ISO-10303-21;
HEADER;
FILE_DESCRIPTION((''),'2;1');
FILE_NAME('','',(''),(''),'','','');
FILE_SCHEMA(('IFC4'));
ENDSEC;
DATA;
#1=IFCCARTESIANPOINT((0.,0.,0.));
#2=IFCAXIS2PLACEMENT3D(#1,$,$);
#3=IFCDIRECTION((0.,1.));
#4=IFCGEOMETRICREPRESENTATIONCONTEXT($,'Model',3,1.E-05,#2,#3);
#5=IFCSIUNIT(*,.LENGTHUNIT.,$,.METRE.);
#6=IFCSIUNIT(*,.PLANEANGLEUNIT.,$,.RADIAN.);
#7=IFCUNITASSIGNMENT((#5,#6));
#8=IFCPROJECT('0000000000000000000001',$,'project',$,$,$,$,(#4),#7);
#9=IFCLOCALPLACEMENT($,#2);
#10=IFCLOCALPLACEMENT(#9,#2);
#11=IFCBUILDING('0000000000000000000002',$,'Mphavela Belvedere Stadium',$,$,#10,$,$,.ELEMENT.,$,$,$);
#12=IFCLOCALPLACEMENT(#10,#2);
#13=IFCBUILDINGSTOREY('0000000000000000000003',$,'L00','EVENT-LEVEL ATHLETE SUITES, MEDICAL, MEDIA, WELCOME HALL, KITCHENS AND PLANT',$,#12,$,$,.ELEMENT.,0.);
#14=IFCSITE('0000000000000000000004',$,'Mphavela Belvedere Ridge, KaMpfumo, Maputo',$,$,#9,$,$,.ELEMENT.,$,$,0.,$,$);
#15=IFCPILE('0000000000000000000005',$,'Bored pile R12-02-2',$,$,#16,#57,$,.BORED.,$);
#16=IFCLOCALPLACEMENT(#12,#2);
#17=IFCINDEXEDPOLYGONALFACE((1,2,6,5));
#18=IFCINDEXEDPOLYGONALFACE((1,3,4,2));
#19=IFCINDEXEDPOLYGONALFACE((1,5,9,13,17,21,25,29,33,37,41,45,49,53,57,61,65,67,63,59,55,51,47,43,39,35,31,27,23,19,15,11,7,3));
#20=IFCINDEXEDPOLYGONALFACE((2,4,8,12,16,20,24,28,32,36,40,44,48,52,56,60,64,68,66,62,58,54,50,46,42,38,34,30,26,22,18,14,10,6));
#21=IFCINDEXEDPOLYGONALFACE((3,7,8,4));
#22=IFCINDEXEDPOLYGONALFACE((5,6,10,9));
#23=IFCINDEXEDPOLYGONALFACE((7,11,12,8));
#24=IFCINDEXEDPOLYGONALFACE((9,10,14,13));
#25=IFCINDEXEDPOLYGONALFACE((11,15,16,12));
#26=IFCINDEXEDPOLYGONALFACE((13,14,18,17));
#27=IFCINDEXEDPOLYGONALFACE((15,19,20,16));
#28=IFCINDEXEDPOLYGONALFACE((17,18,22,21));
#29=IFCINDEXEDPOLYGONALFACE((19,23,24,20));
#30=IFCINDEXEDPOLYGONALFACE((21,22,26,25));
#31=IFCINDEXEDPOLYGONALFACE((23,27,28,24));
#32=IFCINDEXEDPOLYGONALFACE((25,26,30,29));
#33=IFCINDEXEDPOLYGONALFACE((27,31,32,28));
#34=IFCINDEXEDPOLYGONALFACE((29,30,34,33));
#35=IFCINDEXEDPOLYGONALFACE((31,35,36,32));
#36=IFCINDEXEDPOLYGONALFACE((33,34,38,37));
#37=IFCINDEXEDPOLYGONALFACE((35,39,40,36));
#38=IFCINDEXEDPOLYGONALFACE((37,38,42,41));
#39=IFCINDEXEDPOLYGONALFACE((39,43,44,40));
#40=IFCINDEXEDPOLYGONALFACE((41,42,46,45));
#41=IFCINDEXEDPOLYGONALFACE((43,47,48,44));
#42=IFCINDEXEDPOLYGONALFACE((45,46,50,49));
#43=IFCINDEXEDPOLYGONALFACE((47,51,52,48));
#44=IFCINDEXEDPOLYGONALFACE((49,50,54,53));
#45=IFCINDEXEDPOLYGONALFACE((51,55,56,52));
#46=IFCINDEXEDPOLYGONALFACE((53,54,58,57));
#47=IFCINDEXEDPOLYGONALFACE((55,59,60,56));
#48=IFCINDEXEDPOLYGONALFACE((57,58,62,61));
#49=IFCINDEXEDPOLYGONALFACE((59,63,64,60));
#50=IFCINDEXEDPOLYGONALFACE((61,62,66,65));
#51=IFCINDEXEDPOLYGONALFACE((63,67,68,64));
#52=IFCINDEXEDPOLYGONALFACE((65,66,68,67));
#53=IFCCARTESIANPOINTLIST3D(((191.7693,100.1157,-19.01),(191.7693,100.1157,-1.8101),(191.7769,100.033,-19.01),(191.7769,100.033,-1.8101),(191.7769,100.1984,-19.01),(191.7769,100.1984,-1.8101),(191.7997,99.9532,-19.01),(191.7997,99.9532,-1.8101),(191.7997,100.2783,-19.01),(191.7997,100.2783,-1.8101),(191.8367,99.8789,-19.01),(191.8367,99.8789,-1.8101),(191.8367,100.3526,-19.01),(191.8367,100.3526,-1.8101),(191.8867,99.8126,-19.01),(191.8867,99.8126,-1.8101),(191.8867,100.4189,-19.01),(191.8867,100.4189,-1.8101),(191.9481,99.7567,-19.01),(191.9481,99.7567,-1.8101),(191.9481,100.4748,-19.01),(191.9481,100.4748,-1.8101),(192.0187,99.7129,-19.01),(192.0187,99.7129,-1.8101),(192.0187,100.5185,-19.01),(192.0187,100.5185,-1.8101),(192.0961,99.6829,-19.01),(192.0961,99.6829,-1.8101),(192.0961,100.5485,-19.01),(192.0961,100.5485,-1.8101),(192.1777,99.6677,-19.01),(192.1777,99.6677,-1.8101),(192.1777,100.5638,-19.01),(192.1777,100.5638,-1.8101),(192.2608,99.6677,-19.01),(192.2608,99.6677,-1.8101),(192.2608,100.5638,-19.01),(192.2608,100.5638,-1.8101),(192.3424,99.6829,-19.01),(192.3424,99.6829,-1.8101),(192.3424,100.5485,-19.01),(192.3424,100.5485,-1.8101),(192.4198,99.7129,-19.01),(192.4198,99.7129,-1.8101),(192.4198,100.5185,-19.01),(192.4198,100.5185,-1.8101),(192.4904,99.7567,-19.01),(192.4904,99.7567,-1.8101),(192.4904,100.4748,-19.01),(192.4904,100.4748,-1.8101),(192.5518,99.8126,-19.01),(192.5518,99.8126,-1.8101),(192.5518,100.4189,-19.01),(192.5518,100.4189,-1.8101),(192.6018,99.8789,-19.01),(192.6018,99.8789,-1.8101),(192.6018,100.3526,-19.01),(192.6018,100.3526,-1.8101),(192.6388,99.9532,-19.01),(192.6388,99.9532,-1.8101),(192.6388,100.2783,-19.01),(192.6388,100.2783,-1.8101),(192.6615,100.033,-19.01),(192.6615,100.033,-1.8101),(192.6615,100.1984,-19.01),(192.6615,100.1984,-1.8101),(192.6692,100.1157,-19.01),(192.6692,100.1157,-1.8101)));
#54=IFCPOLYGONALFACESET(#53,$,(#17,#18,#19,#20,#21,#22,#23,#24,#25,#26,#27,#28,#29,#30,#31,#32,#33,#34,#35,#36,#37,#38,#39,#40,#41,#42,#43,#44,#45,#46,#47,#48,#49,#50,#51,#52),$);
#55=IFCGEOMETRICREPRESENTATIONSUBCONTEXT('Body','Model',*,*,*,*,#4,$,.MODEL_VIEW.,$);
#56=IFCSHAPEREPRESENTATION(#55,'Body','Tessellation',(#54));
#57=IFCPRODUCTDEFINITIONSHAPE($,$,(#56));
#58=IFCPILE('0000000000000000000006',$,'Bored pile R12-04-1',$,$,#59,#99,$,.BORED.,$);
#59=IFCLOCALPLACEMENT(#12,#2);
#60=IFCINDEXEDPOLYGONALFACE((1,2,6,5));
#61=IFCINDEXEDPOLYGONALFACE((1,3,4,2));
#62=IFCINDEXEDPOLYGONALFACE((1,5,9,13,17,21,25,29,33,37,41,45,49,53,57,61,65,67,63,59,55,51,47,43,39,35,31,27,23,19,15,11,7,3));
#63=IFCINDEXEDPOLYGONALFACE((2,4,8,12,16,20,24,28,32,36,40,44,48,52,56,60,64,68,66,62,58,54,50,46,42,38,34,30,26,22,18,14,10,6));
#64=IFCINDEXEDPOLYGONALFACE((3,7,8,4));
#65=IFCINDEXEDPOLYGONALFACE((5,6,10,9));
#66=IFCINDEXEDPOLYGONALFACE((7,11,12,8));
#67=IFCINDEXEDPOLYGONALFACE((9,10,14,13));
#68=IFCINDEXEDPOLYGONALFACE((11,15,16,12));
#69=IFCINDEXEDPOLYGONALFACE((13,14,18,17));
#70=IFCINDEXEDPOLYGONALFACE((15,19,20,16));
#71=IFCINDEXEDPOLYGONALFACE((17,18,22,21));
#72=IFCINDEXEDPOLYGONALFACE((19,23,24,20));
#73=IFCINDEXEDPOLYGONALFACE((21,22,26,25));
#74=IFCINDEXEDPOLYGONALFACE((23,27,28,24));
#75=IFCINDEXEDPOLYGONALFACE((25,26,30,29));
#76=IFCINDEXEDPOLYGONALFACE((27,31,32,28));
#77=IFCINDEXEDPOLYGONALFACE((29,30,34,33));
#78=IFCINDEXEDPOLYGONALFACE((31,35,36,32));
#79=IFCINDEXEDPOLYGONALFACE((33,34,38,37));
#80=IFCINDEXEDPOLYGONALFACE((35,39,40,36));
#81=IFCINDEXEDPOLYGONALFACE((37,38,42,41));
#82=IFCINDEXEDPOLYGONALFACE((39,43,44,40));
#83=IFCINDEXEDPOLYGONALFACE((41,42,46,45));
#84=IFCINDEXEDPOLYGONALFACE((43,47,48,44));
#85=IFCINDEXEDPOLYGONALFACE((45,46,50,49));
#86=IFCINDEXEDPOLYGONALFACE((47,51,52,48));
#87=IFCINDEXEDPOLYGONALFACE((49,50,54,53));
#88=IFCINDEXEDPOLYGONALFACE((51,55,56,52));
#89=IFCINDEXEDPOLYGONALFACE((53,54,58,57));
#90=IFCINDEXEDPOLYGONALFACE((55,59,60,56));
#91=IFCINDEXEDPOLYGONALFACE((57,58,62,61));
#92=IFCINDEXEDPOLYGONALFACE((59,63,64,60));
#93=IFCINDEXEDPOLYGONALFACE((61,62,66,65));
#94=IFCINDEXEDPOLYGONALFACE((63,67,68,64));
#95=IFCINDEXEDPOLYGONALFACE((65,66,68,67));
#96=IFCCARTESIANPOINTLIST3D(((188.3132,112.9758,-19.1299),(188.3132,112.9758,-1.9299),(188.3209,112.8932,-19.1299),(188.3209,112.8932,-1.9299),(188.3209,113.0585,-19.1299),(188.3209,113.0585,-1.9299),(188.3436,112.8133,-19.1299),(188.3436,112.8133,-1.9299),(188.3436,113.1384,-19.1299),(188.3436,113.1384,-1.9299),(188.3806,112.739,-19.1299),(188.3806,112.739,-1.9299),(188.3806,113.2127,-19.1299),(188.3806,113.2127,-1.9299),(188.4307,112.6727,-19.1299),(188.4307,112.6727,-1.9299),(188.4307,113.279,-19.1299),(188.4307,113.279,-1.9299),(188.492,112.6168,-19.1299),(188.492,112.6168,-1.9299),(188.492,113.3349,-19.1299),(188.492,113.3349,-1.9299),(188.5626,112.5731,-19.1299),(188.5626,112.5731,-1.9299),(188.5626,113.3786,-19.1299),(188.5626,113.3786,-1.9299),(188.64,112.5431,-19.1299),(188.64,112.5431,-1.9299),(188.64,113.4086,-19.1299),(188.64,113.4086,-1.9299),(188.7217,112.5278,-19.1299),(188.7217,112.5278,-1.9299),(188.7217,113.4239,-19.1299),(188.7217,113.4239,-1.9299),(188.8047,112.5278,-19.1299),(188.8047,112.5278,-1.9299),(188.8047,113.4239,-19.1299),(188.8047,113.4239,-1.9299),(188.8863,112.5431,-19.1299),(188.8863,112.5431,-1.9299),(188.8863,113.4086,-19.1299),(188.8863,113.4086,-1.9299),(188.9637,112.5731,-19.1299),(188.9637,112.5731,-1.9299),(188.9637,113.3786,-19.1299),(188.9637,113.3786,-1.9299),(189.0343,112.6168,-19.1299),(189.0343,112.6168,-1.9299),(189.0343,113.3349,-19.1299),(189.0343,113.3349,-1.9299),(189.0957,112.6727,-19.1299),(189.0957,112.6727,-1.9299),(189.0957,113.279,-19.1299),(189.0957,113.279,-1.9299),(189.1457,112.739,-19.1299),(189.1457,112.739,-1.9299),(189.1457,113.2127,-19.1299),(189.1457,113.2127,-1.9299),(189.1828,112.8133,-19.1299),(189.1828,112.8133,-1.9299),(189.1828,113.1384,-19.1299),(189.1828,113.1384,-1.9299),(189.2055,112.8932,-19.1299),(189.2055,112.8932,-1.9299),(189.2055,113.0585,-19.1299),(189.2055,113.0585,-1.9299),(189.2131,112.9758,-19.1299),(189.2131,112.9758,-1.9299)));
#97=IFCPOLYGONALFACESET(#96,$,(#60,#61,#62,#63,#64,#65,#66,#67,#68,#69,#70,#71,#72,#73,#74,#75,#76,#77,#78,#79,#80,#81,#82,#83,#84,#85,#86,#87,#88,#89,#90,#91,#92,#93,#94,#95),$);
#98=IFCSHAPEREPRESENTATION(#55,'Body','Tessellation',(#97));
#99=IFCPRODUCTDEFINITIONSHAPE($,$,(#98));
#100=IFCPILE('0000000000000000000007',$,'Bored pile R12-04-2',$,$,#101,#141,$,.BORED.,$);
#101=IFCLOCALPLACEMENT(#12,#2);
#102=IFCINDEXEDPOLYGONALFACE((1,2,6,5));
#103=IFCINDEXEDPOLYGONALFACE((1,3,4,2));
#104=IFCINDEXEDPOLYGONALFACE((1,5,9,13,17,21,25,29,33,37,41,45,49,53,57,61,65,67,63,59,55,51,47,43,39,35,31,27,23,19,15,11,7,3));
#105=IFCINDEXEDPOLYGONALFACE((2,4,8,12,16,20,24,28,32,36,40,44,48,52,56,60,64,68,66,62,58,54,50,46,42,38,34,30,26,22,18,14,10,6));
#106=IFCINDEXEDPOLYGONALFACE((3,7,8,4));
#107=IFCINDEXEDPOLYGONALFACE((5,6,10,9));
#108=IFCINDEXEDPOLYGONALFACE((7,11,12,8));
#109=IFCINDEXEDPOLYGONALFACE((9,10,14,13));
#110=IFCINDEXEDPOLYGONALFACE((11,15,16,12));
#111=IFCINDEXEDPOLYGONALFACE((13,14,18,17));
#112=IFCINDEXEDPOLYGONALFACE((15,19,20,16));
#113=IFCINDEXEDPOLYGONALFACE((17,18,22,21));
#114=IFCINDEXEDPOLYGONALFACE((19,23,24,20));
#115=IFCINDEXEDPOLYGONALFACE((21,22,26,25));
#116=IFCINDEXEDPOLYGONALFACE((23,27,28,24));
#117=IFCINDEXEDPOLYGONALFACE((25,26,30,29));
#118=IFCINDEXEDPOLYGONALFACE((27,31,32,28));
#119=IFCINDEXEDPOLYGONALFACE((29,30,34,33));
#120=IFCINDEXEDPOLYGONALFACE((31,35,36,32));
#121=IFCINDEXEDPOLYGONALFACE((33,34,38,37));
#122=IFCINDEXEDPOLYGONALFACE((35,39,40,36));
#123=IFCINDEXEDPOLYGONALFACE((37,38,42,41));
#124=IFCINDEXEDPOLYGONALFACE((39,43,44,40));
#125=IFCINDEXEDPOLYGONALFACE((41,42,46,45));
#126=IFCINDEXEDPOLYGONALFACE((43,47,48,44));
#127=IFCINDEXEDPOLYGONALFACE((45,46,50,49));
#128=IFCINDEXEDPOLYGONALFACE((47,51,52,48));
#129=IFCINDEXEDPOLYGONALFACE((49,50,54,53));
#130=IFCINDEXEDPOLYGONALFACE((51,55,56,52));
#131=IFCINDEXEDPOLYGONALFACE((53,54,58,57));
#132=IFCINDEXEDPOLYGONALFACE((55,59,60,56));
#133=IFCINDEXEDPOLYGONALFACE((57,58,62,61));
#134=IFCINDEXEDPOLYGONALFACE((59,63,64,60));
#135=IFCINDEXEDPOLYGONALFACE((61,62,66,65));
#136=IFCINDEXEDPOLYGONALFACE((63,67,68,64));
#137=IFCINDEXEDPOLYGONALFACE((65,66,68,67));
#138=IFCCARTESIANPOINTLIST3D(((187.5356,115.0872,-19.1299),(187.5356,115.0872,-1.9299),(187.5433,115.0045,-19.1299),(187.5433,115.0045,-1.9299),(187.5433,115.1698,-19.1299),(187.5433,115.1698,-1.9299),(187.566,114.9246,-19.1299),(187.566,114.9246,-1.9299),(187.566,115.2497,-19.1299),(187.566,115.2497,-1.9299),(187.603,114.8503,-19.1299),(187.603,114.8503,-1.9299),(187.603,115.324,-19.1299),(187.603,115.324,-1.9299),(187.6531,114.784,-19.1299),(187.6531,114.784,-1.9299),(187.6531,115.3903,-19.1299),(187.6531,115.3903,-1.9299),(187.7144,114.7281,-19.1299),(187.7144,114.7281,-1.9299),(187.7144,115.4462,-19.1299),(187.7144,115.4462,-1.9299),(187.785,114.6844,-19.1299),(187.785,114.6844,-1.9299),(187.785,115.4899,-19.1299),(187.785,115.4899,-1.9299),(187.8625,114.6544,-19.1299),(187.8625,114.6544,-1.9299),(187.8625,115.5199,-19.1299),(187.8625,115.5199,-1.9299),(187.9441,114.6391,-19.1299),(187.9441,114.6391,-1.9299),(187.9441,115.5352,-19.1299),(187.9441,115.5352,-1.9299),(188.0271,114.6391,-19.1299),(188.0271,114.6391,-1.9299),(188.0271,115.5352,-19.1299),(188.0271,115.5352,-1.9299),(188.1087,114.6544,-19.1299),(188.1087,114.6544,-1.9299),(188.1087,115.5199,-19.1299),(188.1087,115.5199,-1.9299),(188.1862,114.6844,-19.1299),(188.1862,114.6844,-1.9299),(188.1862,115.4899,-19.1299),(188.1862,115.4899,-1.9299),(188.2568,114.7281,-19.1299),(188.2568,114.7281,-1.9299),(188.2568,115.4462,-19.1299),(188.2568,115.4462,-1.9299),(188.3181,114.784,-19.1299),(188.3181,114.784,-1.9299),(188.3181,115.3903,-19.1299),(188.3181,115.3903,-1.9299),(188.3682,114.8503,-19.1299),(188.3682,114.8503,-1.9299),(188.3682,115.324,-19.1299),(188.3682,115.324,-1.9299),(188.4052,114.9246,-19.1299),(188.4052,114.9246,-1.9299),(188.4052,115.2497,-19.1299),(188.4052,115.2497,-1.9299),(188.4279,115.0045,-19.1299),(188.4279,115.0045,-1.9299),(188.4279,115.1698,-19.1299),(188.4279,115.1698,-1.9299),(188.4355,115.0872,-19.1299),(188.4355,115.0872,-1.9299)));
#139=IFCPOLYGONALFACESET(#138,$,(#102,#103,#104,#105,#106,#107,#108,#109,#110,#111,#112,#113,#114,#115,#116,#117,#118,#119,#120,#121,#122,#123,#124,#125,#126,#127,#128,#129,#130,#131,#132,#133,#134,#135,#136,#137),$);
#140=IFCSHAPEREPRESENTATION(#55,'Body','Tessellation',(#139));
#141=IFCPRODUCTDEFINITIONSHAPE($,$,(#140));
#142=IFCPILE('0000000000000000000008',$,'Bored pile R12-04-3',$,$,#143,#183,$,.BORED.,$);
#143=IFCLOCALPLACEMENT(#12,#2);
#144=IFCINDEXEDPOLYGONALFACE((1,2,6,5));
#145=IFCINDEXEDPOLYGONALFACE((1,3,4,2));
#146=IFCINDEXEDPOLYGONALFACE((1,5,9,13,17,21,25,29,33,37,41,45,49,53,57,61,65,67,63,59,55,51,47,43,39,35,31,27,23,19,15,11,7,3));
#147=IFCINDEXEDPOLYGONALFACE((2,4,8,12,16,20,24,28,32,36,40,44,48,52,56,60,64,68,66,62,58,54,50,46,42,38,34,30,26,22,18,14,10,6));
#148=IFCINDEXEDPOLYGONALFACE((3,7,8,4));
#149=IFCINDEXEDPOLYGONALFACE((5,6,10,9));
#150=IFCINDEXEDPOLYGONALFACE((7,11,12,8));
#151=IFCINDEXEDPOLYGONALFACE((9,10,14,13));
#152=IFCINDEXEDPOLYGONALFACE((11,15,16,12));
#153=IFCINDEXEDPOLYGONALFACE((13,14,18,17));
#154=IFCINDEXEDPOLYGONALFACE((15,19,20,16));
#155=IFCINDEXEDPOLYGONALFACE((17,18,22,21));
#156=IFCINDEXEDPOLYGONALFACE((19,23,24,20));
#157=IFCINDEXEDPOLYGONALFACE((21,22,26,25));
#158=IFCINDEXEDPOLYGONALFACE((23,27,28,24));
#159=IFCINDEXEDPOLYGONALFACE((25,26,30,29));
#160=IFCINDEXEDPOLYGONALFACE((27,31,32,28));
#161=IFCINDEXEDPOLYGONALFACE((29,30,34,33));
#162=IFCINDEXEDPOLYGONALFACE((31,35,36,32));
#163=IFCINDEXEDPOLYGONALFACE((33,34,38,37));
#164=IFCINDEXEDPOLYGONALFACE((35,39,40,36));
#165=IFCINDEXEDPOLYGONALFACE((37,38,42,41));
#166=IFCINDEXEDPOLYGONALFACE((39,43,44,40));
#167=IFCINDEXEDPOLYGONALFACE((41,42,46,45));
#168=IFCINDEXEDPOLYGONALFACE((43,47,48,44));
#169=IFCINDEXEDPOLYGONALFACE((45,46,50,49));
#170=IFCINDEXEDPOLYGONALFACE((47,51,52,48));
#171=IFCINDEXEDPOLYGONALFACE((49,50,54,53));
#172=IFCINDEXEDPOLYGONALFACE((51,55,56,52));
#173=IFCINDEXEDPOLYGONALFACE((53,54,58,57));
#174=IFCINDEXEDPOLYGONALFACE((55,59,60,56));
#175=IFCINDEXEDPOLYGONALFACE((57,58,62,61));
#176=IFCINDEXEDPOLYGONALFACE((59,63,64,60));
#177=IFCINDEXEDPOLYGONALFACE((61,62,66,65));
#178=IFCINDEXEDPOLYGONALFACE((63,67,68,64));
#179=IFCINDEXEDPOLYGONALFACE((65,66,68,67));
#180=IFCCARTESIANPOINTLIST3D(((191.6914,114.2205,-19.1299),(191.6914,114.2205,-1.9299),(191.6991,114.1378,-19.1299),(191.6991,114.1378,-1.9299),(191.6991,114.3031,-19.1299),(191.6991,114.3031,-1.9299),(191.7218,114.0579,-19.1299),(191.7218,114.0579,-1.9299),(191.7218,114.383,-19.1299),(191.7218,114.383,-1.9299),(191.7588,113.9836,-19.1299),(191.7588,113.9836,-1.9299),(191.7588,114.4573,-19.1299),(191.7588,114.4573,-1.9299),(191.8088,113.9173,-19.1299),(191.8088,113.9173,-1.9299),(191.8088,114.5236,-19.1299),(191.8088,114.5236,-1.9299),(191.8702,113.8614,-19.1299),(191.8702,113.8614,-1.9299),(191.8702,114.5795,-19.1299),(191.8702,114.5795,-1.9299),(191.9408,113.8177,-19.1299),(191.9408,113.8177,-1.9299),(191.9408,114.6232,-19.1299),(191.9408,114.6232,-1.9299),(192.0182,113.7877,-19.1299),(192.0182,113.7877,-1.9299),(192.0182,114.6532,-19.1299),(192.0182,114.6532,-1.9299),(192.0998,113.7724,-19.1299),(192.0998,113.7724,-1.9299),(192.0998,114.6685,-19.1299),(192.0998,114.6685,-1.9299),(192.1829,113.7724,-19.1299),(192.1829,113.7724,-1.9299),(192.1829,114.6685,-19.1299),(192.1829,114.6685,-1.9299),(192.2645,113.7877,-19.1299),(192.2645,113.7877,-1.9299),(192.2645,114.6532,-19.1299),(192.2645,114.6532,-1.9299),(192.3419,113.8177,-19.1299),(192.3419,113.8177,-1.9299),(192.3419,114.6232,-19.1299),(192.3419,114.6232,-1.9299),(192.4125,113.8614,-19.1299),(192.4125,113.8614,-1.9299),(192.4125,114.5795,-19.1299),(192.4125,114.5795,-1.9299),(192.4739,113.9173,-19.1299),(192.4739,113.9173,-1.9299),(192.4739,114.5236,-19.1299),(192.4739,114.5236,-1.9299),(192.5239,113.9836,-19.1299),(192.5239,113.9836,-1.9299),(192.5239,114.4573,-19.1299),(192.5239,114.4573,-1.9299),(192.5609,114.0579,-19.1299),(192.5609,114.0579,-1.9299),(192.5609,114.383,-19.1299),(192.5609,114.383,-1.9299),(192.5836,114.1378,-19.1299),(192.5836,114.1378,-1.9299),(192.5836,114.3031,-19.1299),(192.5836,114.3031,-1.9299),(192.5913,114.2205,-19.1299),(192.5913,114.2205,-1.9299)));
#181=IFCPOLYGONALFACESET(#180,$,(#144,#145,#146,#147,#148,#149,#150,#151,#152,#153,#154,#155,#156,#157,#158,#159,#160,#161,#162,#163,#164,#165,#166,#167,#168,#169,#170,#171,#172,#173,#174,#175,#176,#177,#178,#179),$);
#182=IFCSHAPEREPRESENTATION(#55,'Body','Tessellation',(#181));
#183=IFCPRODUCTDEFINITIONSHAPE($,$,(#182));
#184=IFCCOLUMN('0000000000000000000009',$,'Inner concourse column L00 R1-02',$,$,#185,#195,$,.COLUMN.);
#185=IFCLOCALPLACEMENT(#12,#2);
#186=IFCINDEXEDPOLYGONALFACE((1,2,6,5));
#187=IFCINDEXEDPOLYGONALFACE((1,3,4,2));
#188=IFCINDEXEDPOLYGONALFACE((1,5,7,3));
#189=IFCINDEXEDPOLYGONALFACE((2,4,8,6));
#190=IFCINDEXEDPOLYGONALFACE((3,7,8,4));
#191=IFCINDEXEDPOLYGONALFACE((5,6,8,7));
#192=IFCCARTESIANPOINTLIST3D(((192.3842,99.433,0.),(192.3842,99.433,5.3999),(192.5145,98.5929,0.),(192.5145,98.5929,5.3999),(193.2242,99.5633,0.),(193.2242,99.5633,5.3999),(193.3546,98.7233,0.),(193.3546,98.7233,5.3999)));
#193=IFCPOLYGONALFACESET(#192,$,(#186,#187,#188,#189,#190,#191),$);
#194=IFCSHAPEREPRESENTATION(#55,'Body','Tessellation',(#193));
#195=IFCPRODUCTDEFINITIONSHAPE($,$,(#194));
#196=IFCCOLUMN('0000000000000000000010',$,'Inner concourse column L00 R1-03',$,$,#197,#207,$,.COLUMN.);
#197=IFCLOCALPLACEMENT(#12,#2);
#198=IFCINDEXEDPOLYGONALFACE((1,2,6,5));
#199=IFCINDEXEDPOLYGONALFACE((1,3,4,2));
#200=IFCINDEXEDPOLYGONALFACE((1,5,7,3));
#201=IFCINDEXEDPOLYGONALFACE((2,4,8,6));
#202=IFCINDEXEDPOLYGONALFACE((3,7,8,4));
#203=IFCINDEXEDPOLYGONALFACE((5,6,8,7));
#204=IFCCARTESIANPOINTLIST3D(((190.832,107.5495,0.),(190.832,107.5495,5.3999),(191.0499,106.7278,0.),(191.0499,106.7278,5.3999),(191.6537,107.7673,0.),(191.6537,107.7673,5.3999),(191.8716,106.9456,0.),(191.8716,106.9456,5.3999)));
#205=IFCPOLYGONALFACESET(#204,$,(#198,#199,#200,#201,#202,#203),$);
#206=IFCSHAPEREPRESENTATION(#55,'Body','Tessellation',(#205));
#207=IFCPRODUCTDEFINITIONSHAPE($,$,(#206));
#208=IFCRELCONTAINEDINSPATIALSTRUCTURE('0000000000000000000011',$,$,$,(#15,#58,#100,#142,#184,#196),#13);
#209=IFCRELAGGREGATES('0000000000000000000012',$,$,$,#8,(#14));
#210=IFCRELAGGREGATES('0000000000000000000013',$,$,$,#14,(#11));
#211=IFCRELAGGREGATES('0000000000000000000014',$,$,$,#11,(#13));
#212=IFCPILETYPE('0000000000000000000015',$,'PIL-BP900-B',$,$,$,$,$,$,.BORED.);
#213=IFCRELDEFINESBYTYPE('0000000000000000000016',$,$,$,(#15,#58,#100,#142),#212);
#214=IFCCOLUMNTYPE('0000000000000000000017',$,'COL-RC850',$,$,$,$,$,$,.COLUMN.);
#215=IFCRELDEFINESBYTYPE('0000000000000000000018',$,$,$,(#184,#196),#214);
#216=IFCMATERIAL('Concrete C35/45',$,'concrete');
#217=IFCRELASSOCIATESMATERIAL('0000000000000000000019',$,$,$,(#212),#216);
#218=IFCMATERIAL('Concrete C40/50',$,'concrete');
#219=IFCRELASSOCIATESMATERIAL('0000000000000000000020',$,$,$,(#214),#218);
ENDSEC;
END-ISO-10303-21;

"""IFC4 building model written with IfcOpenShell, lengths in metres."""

from ifc_helpers import new_model, si_unit, direction, frame, origin, origin_2d, place, context, subcontext, project, spatial, rectangle, circle, extrude, material, material_profile, profile_set, type_object, element, save


model = new_model("IFC4")

# Units and contexts
model_context = context("Model", 3, precision=1e-05, world=origin(), true_north=direction((0.0, 1.0)))
body_context = subcontext(model_context, "Body", "Model", "MODEL_VIEW")
ifc_project = project(units=[si_unit("LENGTHUNIT", "METRE"), si_unit("PLANEANGLEUNIT", "RADIAN")], contexts=[model_context])

# Site, building, storey
site_placement = place(None, origin())
site = spatial("IfcSite", under=ifc_project, at=site_placement, Name="Mphavela Belvedere Ridge, KaMpfumo, Maputo", CompositionType="ELEMENT", RefElevation=0.0)
building_placement = place(site_placement, origin())
building = spatial("IfcBuilding", under=site, at=building_placement, Name="Mphavela Belvedere Stadium", CompositionType="ELEMENT")
storey_placement = place(building_placement, origin())
storey = spatial("IfcBuildingStorey", under=building, at=storey_placement, Name="L00", Description="EVENT-LEVEL ATHLETE SUITES, MEDICAL, MEDIA, WELCOME HALL, KITCHENS AND PLANT", CompositionType="ELEMENT", Elevation=0.0)

# Piles
ifc_material_1 = material(Name="Concrete C35/45", Category="concrete")
ifc_material_profile_1 = material_profile(ifc_material_1, circle(Radius=0.45, at=origin_2d()), Name="BP D900")
ifc_profile_set_1 = profile_set([ifc_material_profile_1], Name="Concrete C35/45")
pile_type_1 = type_object("IfcPileType", Name="PIL-BP900-B", PredefinedType="BORED", material=ifc_profile_set_1)
for number, where, z_axis, x_axis, name in (
    (1, (192.2192, 100.1157, -1.8101), (0.0, 0.0, -1.0), (1.0, 0.0, 0.0), "Bored pile R12-02-2"),
    (2, (188.7632, 112.9758, -1.9299), (0.0, 0.0, -1.0), (1.0, 0.0, 0.0), "Bored pile R12-04-1"),
    (3, (187.9856, 115.0872, -1.9299), (0.0, 0.0, -1.0), (1.0, 0.0, 0.0), "Bored pile R12-04-2"),
    (4, (192.1414, 114.2205, -1.9299), (0.0, 0.0, -1.0), (1.0, 0.0, 0.0), "Bored pile R12-04-3"),
):
    element("IfcPile", number, at=place(storey_placement, frame(where, z_axis=z_axis, x_axis=x_axis)), inside=storey, type_object=pile_type_1, Name=name, PredefinedType="BORED", context=body_context, shape_type="SweptSolid", body=[
        extrude(circle(Radius=0.45, at=origin_2d()), origin(), (0.0, 0.0, 1.0), 17.2),
    ])

# Columns
ifc_material_2 = material(Name="Concrete C40/50", Category="concrete")
ifc_material_profile_2 = material_profile(ifc_material_2, rectangle(XDim=0.8501, YDim=0.8501, at=origin_2d()), Name="RC 850x850")
ifc_profile_set_2 = profile_set([ifc_material_profile_2], Name="Concrete C40/50")
column_type_1 = type_object("IfcColumnType", Name="COL-RC850", PredefinedType="COLUMN", material=ifc_profile_set_2)
for number, where, z_axis, x_axis, name in (
    (5, (192.8694, 99.0781, 0.0), (0.0, 0.0, 1.0), (0.988175, 0.153331, 0.0), "Inner concourse column L00 R1-02"),
    (6, (191.3518, 107.2476, 0.0), (0.0, 0.0, 1.0), (0.9666, 0.256289, 0.0), "Inner concourse column L00 R1-03"),
):
    element("IfcColumn", number, at=place(storey_placement, frame(where, z_axis=z_axis, x_axis=x_axis)), inside=storey, type_object=column_type_1, Name=name, PredefinedType="COLUMN", context=body_context, shape_type="SweptSolid", body=[
        extrude(rectangle(XDim=0.8501, YDim=0.8501, at=origin_2d()), origin(), (0.0, 0.0, 1.0), 5.3999),
    ])

save(model, "model.ifc")
